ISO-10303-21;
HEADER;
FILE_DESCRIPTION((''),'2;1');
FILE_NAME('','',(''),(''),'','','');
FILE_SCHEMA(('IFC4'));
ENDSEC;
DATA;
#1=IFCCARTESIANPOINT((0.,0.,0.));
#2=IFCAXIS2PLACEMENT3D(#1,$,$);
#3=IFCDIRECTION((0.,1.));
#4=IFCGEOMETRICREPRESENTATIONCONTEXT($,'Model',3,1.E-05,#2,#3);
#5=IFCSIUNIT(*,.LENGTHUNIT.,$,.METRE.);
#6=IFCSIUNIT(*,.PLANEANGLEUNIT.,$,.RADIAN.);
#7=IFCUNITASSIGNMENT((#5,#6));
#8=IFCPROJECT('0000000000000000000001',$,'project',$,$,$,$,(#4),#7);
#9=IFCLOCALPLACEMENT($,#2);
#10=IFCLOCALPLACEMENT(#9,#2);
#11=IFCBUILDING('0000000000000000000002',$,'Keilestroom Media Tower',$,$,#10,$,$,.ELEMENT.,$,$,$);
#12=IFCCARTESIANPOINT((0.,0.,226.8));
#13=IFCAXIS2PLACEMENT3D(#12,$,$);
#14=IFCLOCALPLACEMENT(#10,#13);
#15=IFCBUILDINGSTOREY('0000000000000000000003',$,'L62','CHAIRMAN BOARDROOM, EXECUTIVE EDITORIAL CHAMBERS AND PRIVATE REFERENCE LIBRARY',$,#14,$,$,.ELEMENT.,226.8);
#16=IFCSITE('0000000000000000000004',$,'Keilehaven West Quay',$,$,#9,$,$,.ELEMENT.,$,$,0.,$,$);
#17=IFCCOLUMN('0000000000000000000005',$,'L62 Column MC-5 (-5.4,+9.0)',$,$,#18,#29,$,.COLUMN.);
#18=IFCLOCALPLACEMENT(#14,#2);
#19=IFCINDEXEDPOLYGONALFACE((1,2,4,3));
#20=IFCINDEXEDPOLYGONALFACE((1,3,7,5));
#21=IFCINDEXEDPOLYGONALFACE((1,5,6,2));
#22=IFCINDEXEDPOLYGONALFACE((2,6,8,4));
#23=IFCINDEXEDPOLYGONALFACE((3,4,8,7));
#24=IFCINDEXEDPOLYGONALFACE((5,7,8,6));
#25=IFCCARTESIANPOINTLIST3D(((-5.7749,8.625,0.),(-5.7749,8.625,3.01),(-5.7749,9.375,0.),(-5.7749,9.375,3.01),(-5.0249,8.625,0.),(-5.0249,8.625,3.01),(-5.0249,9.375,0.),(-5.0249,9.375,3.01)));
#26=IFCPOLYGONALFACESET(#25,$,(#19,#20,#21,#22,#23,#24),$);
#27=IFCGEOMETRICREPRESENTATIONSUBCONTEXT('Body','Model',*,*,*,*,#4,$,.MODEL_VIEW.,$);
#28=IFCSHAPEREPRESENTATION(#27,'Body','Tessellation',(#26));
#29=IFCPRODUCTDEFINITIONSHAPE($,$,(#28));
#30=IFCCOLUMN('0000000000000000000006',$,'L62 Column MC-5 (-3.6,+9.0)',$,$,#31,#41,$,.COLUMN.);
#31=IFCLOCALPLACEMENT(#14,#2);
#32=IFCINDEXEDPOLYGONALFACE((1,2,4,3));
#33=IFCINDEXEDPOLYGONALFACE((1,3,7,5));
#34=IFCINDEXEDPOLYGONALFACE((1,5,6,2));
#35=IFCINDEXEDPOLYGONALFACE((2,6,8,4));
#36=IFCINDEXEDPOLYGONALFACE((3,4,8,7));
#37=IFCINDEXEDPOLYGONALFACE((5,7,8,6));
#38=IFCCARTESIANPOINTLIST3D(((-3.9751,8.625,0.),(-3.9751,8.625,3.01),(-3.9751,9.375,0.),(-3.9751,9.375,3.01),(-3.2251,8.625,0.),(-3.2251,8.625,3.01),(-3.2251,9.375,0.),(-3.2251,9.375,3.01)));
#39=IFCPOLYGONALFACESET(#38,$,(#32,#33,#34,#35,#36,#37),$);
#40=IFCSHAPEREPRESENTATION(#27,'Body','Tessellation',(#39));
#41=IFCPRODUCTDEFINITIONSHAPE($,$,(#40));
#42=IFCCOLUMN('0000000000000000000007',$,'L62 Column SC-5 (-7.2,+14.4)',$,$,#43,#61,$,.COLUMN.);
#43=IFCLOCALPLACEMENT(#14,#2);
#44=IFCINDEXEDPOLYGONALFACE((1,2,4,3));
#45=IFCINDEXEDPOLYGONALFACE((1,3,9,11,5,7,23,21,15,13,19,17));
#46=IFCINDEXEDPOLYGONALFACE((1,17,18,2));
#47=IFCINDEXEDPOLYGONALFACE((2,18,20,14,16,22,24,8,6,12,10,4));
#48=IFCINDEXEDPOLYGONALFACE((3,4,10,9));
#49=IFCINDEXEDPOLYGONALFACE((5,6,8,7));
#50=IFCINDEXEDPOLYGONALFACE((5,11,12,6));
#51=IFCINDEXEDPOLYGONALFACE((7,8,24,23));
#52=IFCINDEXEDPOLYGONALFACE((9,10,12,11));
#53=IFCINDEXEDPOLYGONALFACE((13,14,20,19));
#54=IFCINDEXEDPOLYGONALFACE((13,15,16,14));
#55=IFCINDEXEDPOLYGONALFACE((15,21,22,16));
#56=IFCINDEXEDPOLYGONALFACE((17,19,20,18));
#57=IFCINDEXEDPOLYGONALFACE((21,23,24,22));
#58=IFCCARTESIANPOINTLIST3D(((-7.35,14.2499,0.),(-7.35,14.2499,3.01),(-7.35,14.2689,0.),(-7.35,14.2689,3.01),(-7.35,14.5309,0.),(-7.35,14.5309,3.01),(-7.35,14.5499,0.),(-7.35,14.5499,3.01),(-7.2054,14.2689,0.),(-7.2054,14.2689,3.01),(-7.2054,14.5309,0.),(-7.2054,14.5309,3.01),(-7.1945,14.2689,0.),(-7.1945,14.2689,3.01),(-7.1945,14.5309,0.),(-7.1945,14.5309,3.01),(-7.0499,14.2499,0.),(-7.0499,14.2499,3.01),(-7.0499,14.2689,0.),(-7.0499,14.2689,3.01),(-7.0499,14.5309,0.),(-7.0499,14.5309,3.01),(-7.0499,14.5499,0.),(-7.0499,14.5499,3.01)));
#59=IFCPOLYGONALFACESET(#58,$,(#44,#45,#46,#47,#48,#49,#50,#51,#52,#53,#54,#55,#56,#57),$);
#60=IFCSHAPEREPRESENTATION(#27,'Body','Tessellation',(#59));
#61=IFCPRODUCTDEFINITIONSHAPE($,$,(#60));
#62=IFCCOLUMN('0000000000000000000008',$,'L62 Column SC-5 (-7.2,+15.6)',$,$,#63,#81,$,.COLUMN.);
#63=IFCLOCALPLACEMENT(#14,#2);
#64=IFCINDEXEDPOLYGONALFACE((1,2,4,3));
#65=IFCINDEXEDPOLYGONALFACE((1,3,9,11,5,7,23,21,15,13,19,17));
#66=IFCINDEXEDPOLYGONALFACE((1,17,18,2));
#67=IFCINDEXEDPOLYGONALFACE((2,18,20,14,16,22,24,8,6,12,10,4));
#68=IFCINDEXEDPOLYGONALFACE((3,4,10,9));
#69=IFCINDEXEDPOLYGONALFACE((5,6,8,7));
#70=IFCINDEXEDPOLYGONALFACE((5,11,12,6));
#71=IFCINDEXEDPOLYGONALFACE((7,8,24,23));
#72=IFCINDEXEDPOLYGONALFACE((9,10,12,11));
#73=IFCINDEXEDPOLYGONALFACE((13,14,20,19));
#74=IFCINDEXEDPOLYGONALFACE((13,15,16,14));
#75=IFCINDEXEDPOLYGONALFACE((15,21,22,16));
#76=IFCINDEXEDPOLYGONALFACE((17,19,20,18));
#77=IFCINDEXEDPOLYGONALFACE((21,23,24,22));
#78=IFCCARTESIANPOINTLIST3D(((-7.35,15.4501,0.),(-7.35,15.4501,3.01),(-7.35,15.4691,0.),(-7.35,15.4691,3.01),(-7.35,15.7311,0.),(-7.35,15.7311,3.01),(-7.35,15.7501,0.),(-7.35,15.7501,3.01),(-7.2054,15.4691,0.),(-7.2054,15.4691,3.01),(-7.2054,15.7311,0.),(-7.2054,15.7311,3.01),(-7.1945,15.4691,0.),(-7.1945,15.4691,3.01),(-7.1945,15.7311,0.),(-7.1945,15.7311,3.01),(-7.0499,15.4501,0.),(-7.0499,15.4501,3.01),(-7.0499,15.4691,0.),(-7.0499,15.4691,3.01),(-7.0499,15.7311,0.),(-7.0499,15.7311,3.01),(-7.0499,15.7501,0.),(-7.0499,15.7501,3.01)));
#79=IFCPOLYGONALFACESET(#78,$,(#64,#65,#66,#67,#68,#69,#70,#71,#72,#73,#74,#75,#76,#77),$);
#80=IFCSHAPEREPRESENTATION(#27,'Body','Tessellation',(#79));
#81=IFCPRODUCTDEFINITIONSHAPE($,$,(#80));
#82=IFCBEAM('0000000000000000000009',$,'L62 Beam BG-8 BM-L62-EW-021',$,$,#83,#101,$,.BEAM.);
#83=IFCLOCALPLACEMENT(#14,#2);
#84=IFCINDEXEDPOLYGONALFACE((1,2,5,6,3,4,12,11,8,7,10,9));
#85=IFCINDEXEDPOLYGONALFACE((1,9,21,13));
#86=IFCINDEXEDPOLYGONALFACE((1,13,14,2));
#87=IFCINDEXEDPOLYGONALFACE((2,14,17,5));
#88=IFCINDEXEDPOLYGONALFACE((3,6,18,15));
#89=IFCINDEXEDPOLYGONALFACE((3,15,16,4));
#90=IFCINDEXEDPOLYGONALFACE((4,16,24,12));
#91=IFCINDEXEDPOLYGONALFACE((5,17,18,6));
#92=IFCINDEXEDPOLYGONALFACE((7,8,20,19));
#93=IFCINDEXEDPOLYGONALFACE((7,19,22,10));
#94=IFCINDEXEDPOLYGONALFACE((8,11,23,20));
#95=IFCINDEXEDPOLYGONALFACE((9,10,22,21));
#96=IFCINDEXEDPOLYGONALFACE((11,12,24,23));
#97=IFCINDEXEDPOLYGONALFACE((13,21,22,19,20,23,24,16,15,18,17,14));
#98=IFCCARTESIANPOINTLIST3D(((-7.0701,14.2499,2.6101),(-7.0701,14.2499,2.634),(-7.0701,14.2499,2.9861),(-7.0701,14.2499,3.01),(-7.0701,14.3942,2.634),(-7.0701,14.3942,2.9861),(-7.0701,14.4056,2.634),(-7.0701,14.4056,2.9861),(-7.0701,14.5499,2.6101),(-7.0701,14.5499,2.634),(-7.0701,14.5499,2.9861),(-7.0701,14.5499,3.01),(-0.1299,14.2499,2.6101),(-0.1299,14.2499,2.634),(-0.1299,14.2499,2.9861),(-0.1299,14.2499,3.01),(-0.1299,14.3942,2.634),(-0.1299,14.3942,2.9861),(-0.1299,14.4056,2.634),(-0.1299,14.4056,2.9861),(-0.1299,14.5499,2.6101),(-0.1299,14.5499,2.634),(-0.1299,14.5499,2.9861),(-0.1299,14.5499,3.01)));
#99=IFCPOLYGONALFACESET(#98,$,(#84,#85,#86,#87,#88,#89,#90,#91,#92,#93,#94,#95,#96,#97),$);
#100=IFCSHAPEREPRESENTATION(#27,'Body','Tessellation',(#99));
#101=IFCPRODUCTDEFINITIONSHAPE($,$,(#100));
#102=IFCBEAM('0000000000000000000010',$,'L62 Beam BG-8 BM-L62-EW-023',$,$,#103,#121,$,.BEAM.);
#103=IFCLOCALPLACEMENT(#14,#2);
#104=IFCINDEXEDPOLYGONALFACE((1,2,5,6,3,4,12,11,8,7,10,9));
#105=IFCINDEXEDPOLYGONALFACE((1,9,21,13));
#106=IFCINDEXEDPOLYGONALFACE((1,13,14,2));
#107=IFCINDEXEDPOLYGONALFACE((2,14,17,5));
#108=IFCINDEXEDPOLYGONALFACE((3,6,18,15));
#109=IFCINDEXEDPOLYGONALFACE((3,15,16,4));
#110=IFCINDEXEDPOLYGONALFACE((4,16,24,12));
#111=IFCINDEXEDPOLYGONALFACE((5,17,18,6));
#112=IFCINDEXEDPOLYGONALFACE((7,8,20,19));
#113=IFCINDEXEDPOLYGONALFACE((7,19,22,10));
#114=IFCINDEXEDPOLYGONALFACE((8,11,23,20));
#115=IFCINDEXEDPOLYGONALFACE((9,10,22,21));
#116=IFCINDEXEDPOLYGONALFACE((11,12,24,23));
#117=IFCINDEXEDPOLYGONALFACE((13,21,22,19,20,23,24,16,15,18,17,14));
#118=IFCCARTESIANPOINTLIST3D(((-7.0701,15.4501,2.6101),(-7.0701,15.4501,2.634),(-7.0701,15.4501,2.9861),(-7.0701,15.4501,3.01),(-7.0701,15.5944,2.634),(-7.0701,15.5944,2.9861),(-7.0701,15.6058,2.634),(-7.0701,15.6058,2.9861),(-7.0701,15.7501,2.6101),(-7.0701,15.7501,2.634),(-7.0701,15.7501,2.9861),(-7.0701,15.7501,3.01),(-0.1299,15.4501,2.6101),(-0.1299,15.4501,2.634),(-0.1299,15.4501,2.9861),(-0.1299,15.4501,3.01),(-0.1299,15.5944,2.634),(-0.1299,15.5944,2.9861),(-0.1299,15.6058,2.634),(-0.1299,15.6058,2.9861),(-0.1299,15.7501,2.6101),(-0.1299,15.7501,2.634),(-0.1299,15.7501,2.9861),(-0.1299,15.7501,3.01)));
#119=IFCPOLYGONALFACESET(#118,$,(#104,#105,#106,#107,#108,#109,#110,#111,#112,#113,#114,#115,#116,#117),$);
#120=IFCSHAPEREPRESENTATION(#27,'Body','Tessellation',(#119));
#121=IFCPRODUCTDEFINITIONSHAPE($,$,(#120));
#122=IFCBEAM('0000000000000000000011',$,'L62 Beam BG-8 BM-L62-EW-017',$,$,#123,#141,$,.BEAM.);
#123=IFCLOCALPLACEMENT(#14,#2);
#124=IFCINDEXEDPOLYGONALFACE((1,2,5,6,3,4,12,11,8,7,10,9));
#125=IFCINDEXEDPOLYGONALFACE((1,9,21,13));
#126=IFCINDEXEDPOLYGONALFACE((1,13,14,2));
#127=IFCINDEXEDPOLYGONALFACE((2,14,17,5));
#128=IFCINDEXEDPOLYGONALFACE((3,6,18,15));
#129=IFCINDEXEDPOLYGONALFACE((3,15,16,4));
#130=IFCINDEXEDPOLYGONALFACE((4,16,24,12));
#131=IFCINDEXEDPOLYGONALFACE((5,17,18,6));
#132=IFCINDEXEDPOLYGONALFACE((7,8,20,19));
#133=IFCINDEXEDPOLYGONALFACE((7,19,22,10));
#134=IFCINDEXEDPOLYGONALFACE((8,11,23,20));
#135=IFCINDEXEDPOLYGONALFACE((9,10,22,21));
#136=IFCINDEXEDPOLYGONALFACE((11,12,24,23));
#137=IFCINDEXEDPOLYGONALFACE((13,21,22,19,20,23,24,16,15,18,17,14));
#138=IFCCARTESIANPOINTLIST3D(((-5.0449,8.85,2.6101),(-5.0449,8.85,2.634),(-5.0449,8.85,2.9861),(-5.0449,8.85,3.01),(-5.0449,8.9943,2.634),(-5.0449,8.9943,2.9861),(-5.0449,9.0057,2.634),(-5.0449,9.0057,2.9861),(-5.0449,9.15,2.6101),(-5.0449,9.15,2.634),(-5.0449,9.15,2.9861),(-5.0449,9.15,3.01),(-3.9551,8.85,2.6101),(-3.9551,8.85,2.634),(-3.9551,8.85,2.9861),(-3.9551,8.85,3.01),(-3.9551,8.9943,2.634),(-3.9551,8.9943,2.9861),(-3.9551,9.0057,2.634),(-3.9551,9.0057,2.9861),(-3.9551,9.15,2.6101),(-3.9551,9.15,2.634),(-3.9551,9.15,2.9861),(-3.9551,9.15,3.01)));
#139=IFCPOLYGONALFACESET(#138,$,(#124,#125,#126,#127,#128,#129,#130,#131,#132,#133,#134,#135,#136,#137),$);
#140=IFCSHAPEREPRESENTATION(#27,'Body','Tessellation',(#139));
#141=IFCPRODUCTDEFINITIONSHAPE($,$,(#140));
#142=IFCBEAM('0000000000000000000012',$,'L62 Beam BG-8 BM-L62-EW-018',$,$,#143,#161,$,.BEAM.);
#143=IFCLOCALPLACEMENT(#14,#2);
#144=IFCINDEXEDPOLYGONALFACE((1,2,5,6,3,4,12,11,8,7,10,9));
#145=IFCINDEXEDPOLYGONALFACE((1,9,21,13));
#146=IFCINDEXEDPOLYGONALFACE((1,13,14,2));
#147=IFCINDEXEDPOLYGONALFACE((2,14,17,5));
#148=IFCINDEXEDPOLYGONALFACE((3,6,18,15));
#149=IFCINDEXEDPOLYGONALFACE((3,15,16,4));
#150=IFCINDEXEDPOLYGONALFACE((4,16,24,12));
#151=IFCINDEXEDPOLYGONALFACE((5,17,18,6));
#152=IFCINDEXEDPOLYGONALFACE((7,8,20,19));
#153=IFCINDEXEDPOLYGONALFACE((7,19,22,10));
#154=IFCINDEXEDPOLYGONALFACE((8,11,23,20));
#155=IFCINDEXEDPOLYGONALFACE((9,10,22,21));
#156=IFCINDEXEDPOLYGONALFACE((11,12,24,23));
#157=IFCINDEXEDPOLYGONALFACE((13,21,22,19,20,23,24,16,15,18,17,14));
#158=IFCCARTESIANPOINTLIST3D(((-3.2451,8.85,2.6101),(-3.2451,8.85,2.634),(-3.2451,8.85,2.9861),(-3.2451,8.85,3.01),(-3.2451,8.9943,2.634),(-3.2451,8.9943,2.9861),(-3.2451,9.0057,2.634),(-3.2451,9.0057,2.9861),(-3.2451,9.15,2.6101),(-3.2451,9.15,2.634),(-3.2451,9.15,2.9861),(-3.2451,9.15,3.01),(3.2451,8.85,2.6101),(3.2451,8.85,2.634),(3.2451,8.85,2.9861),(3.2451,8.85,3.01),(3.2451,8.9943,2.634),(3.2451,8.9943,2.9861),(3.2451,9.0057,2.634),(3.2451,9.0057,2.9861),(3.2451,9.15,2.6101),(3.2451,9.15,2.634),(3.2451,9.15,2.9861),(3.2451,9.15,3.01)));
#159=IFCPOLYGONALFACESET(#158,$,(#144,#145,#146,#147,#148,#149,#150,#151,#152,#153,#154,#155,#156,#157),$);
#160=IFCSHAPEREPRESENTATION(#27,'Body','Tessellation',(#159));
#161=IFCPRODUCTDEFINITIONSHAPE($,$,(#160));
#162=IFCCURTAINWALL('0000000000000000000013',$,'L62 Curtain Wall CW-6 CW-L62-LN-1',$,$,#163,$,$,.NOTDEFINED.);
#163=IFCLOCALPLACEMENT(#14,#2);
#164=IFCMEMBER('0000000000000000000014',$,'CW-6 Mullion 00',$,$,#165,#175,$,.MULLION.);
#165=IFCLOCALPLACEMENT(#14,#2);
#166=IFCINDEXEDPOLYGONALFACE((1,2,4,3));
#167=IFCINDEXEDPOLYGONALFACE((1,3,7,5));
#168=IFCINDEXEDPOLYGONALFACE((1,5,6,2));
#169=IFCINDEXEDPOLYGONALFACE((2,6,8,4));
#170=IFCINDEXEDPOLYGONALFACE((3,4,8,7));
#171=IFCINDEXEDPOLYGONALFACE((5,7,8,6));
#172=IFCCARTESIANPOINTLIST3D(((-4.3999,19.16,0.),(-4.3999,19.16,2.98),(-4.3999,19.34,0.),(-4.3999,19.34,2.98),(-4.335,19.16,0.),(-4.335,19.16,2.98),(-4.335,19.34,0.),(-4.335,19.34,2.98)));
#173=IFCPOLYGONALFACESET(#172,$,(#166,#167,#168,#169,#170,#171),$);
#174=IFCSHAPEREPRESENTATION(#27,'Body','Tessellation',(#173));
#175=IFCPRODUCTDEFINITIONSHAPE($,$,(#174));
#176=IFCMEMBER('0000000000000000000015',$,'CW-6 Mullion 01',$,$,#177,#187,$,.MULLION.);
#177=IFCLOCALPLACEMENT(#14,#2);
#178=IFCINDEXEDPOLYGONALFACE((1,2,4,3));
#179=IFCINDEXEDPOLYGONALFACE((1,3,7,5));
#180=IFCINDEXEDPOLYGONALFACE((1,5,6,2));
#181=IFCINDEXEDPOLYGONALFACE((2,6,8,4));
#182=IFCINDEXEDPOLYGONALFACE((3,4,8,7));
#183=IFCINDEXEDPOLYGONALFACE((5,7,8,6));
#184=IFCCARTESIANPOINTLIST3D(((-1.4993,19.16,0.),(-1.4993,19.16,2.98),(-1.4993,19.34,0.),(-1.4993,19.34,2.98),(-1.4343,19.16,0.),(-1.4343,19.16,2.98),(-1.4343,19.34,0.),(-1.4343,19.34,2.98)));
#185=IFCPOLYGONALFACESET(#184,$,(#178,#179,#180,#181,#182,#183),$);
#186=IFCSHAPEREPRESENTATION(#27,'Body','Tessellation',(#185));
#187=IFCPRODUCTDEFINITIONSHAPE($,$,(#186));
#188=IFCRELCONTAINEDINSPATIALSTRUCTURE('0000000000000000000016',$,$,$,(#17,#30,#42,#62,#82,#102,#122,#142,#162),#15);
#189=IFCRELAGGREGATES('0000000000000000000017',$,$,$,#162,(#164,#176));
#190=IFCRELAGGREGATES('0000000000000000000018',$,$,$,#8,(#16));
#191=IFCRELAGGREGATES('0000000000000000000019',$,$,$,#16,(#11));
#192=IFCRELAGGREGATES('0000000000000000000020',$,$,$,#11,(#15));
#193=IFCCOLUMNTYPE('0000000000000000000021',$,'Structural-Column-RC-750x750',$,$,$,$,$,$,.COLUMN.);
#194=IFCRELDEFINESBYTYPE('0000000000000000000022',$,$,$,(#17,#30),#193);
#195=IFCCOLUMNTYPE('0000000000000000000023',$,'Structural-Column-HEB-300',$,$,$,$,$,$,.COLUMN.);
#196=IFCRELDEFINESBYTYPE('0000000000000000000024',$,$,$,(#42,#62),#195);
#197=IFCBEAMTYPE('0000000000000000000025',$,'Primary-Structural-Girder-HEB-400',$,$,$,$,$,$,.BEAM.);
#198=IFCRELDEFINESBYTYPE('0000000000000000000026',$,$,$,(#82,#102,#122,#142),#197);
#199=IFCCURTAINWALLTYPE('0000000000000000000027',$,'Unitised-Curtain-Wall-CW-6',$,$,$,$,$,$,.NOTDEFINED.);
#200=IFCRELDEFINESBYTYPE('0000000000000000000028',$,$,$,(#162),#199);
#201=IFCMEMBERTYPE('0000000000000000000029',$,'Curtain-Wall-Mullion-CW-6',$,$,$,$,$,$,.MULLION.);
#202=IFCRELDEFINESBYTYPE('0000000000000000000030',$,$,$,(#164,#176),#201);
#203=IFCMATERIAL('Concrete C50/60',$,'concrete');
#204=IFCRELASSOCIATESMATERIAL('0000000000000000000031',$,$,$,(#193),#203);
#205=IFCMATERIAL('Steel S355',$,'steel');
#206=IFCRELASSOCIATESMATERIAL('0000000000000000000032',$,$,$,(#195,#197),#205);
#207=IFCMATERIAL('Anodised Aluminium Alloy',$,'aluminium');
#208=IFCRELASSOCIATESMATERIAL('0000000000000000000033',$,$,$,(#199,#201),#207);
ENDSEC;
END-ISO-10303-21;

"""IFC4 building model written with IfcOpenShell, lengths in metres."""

from ifc_helpers import new_model, si_unit, direction, frame, origin, origin_2d, place, context, subcontext, project, spatial, rectangle, i_section, extrude, source, transform, mapped, material, material_profile, profile_set, type_object, element, aggregate, save


model = new_model("IFC4")

# Units and contexts
model_context = context("Model", 3, precision=1e-05, world=origin(), true_north=direction((0.0, 1.0)))
body_context = subcontext(model_context, "Body", "Model", "MODEL_VIEW")
ifc_project = project(units=[si_unit("LENGTHUNIT", "METRE"), si_unit("PLANEANGLEUNIT", "RADIAN")], contexts=[model_context])

# Site, building, storey
site_placement = place(None, origin())
site = spatial("IfcSite", under=ifc_project, at=site_placement, Name="Keilehaven West Quay", CompositionType="ELEMENT", RefElevation=0.0)
building_placement = place(site_placement, origin())
building = spatial("IfcBuilding", under=site, at=building_placement, Name="Keilestroom Media Tower", CompositionType="ELEMENT")
storey_placement = place(building_placement, frame((0.0, 0.0, 226.8)))
storey = spatial("IfcBuildingStorey", under=building, at=storey_placement, Name="L62", Description="CHAIRMAN BOARDROOM, EXECUTIVE EDITORIAL CHAMBERS AND PRIVATE REFERENCE LIBRARY", CompositionType="ELEMENT", Elevation=226.8)

# Columns
ifc_material_1 = material(Name="Concrete C50/60", Category="concrete")
ifc_material_profile_1 = material_profile(ifc_material_1, rectangle(XDim=0.75, YDim=0.75, at=origin_2d()), Name="RC 750x750")
ifc_profile_set_1 = profile_set([ifc_material_profile_1], Name="Concrete C50/60")
column_type_1 = type_object("IfcColumnType", Name="Structural-Column-RC-750x750", PredefinedType="COLUMN", material=ifc_profile_set_1)
shared_shape_1 = source(origin(), body_context, "Body", "SweptSolid", [
    extrude(rectangle(XDim=0.75, YDim=0.75, at=origin_2d()), origin(), (0.0, 0.0, 1.0), 3.01),
])
for number, where, z_axis, x_axis, name in (
    (1, (-5.3999, 9.0, 0.0), (0.0, 0.0, 1.0), (1.0, 0.0, 0.0), "L62 Column MC-5 (-5.4,+9.0)"),
    (2, (-3.6001, 9.0, 0.0), (0.0, 0.0, 1.0), (1.0, 0.0, 0.0), "L62 Column MC-5 (-3.6,+9.0)"),
):
    element("IfcColumn", number, at=place(storey_placement, frame(where, z_axis=z_axis, x_axis=x_axis)), inside=storey, type_object=column_type_1, Name=name, PredefinedType="COLUMN", context=body_context, shape_type="MappedRepresentation", body=[
        mapped(shared_shape_1, transform((0.0, 0.0, 0.0), x_axis=(1.0, 0.0, 0.0), y_axis=(0.0, 1.0, 0.0), z_axis=(0.0, 0.0, 1.0), scale=1.0)),
    ])
ifc_material_2 = material(Name="Steel S355", Category="steel")
ifc_material_profile_2 = material_profile(ifc_material_2, i_section(OverallWidth=0.3, OverallDepth=0.3, WebThickness=0.011, FlangeThickness=0.019, at=origin_2d()), Name="HEB 300")
ifc_profile_set_2 = profile_set([ifc_material_profile_2], Name="Steel S355")
column_type_2 = type_object("IfcColumnType", Name="Structural-Column-HEB-300", PredefinedType="COLUMN", material=ifc_profile_set_2)
shared_shape_2 = source(origin(), body_context, "Body", "SweptSolid", [
    extrude(i_section(OverallWidth=0.3, OverallDepth=0.3, WebThickness=0.011, FlangeThickness=0.019, at=origin_2d()), origin(), (0.0, 0.0, 1.0), 3.01),
])
for number, where, z_axis, x_axis, name in (
    (3, (-7.2, 14.3999, 0.0), (0.0, 0.0, 1.0), (1.0, 0.0, 0.0), "L62 Column SC-5 (-7.2,+14.4)"),
    (4, (-7.2, 15.6001, 0.0), (0.0, 0.0, 1.0), (1.0, 0.0, 0.0), "L62 Column SC-5 (-7.2,+15.6)"),
):
    element("IfcColumn", number, at=place(storey_placement, frame(where, z_axis=z_axis, x_axis=x_axis)), inside=storey, type_object=column_type_2, Name=name, PredefinedType="COLUMN", context=body_context, shape_type="MappedRepresentation", body=[
        mapped(shared_shape_2, transform((0.0, 0.0, 0.0), x_axis=(1.0, 0.0, 0.0), y_axis=(0.0, 1.0, 0.0), z_axis=(0.0, 0.0, 1.0), scale=1.0)),
    ])

# Beams
ifc_material_profile_3 = material_profile(ifc_material_2, i_section(OverallWidth=0.3, OverallDepth=0.3999, WebThickness=0.0115, FlangeThickness=0.0239, at=origin_2d()), Name="HEB 400")
ifc_profile_set_3 = profile_set([ifc_material_profile_3], Name="Steel S355")
beam_type = type_object("IfcBeamType", Name="Primary-Structural-Girder-HEB-400", PredefinedType="BEAM", material=ifc_profile_set_3)
shared_shape_3 = source(origin(), body_context, "Body", "SweptSolid", [
    extrude(i_section(OverallWidth=0.3, OverallDepth=0.3999, WebThickness=0.0115, FlangeThickness=0.0239, at=origin_2d()), origin(), (0.0, 0.0, 1.0), 6.9402),
])
for number, where, z_axis, x_axis, name in (
    (5, (-7.0701, 14.3999, 2.8101), (1.0, 0.0, 0.0), (0.0, 1.0, 0.0), "L62 Beam BG-8 BM-L62-EW-021"),
    (6, (-7.0701, 15.6001, 2.8101), (1.0, 0.0, 0.0), (0.0, 1.0, 0.0), "L62 Beam BG-8 BM-L62-EW-023"),
):
    element("IfcBeam", number, at=place(storey_placement, frame(where, z_axis=z_axis, x_axis=x_axis)), inside=storey, type_object=beam_type, Name=name, PredefinedType="BEAM", context=body_context, shape_type="MappedRepresentation", body=[
        mapped(shared_shape_3, transform((0.0, 0.0, 0.0), x_axis=(1.0, 0.0, 0.0), y_axis=(0.0, 1.0, 0.0), z_axis=(0.0, 0.0, 1.0), scale=1.0)),
    ])
shared_shape_4 = source(origin(), body_context, "Body", "SweptSolid", [
    extrude(i_section(OverallWidth=0.3, OverallDepth=0.3999, WebThickness=0.0115, FlangeThickness=0.0239, at=origin_2d()), origin(), (0.0, 0.0, 1.0), 1.0898),
])
beam_1_placement = place(storey_placement, frame((-5.0449, 9.0, 2.8101), z_axis=(1.0, 0.0, 0.0), x_axis=(0.0, 1.0, 0.0)))
element("IfcBeam", 7, at=beam_1_placement, inside=storey, type_object=beam_type, Name="L62 Beam BG-8 BM-L62-EW-017", PredefinedType="BEAM", context=body_context, shape_type="MappedRepresentation", body=[
    mapped(shared_shape_4, transform((0.0, 0.0, 0.0), x_axis=(1.0, 0.0, 0.0), y_axis=(0.0, 1.0, 0.0), z_axis=(0.0, 0.0, 1.0), scale=1.0)),
])
shared_shape_5 = source(origin(), body_context, "Body", "SweptSolid", [
    extrude(i_section(OverallWidth=0.3, OverallDepth=0.3999, WebThickness=0.0115, FlangeThickness=0.0239, at=origin_2d()), origin(), (0.0, 0.0, 1.0), 6.4902),
])
beam_2_placement = place(storey_placement, frame((-3.2451, 9.0, 2.8101), z_axis=(1.0, 0.0, 0.0), x_axis=(0.0, 1.0, 0.0)))
element("IfcBeam", 8, at=beam_2_placement, inside=storey, type_object=beam_type, Name="L62 Beam BG-8 BM-L62-EW-018", PredefinedType="BEAM", context=body_context, shape_type="MappedRepresentation", body=[
    mapped(shared_shape_5, transform((0.0, 0.0, 0.0), x_axis=(1.0, 0.0, 0.0), y_axis=(0.0, 1.0, 0.0), z_axis=(0.0, 0.0, 1.0), scale=1.0)),
])

# Curtain wall, members
ifc_material_3 = material(Name="Anodised Aluminium Alloy", Category="aluminium")
curtain_wall_type = type_object("IfcCurtainWallType", Name="Unitised-Curtain-Wall-CW-6", PredefinedType="NOTDEFINED", material=ifc_material_3)
curtain_wall_placement = place(storey_placement, origin())
curtain_wall = element("IfcCurtainWall", 9, at=curtain_wall_placement, inside=storey, type_object=curtain_wall_type, Name="L62 Curtain Wall CW-6 CW-L62-LN-1", PredefinedType="NOTDEFINED")
ifc_material_profile_4 = material_profile(ifc_material_3, rectangle(XDim=0.0649, YDim=0.1799, at=origin_2d()), Name="ALU MULLION 65x180")
ifc_profile_set_4 = profile_set([ifc_material_profile_4], Name="Anodised Aluminium Alloy")
member_type_1 = type_object("IfcMemberType", Name="Curtain-Wall-Mullion-CW-6", PredefinedType="MULLION", material=ifc_profile_set_4)
shared_shape_6 = source(origin(), body_context, "Body", "SweptSolid", [
    extrude(rectangle(XDim=0.0649, YDim=0.1799, at=origin_2d()), origin(), (0.0, 0.0, 1.0), 2.98),
])
member_1_placement = place(storey_placement, frame((-4.3674, 19.25, 0.0), z_axis=(0.0, 0.0, 1.0), x_axis=(1.0, 0.0, 0.0)))
member_1 = element("IfcMember", 10, at=member_1_placement, type_object=member_type_1, Name="CW-6 Mullion 00", PredefinedType="MULLION", context=body_context, shape_type="MappedRepresentation", body=[
    mapped(shared_shape_6, transform((0.0, 0.0, 0.0), x_axis=(1.0, 0.0, 0.0), y_axis=(0.0, 1.0, 0.0), z_axis=(0.0, 0.0, 1.0), scale=1.0)),
])
member_2_placement = place(storey_placement, frame((-1.4668, 19.25, 0.0), z_axis=(0.0, 0.0, 1.0), x_axis=(1.0, 0.0, 0.0)))
member_2 = element("IfcMember", 11, at=member_2_placement, type_object=member_type_1, Name="CW-6 Mullion 01", PredefinedType="MULLION", context=body_context, shape_type="MappedRepresentation", body=[
    mapped(shared_shape_6, transform((0.0, 0.0, 0.0), x_axis=(1.0, 0.0, 0.0), y_axis=(0.0, 1.0, 0.0), z_axis=(0.0, 0.0, 1.0), scale=1.0)),
])
aggregate(curtain_wall, [member_1, member_2])

save(model, "model.ifc")
